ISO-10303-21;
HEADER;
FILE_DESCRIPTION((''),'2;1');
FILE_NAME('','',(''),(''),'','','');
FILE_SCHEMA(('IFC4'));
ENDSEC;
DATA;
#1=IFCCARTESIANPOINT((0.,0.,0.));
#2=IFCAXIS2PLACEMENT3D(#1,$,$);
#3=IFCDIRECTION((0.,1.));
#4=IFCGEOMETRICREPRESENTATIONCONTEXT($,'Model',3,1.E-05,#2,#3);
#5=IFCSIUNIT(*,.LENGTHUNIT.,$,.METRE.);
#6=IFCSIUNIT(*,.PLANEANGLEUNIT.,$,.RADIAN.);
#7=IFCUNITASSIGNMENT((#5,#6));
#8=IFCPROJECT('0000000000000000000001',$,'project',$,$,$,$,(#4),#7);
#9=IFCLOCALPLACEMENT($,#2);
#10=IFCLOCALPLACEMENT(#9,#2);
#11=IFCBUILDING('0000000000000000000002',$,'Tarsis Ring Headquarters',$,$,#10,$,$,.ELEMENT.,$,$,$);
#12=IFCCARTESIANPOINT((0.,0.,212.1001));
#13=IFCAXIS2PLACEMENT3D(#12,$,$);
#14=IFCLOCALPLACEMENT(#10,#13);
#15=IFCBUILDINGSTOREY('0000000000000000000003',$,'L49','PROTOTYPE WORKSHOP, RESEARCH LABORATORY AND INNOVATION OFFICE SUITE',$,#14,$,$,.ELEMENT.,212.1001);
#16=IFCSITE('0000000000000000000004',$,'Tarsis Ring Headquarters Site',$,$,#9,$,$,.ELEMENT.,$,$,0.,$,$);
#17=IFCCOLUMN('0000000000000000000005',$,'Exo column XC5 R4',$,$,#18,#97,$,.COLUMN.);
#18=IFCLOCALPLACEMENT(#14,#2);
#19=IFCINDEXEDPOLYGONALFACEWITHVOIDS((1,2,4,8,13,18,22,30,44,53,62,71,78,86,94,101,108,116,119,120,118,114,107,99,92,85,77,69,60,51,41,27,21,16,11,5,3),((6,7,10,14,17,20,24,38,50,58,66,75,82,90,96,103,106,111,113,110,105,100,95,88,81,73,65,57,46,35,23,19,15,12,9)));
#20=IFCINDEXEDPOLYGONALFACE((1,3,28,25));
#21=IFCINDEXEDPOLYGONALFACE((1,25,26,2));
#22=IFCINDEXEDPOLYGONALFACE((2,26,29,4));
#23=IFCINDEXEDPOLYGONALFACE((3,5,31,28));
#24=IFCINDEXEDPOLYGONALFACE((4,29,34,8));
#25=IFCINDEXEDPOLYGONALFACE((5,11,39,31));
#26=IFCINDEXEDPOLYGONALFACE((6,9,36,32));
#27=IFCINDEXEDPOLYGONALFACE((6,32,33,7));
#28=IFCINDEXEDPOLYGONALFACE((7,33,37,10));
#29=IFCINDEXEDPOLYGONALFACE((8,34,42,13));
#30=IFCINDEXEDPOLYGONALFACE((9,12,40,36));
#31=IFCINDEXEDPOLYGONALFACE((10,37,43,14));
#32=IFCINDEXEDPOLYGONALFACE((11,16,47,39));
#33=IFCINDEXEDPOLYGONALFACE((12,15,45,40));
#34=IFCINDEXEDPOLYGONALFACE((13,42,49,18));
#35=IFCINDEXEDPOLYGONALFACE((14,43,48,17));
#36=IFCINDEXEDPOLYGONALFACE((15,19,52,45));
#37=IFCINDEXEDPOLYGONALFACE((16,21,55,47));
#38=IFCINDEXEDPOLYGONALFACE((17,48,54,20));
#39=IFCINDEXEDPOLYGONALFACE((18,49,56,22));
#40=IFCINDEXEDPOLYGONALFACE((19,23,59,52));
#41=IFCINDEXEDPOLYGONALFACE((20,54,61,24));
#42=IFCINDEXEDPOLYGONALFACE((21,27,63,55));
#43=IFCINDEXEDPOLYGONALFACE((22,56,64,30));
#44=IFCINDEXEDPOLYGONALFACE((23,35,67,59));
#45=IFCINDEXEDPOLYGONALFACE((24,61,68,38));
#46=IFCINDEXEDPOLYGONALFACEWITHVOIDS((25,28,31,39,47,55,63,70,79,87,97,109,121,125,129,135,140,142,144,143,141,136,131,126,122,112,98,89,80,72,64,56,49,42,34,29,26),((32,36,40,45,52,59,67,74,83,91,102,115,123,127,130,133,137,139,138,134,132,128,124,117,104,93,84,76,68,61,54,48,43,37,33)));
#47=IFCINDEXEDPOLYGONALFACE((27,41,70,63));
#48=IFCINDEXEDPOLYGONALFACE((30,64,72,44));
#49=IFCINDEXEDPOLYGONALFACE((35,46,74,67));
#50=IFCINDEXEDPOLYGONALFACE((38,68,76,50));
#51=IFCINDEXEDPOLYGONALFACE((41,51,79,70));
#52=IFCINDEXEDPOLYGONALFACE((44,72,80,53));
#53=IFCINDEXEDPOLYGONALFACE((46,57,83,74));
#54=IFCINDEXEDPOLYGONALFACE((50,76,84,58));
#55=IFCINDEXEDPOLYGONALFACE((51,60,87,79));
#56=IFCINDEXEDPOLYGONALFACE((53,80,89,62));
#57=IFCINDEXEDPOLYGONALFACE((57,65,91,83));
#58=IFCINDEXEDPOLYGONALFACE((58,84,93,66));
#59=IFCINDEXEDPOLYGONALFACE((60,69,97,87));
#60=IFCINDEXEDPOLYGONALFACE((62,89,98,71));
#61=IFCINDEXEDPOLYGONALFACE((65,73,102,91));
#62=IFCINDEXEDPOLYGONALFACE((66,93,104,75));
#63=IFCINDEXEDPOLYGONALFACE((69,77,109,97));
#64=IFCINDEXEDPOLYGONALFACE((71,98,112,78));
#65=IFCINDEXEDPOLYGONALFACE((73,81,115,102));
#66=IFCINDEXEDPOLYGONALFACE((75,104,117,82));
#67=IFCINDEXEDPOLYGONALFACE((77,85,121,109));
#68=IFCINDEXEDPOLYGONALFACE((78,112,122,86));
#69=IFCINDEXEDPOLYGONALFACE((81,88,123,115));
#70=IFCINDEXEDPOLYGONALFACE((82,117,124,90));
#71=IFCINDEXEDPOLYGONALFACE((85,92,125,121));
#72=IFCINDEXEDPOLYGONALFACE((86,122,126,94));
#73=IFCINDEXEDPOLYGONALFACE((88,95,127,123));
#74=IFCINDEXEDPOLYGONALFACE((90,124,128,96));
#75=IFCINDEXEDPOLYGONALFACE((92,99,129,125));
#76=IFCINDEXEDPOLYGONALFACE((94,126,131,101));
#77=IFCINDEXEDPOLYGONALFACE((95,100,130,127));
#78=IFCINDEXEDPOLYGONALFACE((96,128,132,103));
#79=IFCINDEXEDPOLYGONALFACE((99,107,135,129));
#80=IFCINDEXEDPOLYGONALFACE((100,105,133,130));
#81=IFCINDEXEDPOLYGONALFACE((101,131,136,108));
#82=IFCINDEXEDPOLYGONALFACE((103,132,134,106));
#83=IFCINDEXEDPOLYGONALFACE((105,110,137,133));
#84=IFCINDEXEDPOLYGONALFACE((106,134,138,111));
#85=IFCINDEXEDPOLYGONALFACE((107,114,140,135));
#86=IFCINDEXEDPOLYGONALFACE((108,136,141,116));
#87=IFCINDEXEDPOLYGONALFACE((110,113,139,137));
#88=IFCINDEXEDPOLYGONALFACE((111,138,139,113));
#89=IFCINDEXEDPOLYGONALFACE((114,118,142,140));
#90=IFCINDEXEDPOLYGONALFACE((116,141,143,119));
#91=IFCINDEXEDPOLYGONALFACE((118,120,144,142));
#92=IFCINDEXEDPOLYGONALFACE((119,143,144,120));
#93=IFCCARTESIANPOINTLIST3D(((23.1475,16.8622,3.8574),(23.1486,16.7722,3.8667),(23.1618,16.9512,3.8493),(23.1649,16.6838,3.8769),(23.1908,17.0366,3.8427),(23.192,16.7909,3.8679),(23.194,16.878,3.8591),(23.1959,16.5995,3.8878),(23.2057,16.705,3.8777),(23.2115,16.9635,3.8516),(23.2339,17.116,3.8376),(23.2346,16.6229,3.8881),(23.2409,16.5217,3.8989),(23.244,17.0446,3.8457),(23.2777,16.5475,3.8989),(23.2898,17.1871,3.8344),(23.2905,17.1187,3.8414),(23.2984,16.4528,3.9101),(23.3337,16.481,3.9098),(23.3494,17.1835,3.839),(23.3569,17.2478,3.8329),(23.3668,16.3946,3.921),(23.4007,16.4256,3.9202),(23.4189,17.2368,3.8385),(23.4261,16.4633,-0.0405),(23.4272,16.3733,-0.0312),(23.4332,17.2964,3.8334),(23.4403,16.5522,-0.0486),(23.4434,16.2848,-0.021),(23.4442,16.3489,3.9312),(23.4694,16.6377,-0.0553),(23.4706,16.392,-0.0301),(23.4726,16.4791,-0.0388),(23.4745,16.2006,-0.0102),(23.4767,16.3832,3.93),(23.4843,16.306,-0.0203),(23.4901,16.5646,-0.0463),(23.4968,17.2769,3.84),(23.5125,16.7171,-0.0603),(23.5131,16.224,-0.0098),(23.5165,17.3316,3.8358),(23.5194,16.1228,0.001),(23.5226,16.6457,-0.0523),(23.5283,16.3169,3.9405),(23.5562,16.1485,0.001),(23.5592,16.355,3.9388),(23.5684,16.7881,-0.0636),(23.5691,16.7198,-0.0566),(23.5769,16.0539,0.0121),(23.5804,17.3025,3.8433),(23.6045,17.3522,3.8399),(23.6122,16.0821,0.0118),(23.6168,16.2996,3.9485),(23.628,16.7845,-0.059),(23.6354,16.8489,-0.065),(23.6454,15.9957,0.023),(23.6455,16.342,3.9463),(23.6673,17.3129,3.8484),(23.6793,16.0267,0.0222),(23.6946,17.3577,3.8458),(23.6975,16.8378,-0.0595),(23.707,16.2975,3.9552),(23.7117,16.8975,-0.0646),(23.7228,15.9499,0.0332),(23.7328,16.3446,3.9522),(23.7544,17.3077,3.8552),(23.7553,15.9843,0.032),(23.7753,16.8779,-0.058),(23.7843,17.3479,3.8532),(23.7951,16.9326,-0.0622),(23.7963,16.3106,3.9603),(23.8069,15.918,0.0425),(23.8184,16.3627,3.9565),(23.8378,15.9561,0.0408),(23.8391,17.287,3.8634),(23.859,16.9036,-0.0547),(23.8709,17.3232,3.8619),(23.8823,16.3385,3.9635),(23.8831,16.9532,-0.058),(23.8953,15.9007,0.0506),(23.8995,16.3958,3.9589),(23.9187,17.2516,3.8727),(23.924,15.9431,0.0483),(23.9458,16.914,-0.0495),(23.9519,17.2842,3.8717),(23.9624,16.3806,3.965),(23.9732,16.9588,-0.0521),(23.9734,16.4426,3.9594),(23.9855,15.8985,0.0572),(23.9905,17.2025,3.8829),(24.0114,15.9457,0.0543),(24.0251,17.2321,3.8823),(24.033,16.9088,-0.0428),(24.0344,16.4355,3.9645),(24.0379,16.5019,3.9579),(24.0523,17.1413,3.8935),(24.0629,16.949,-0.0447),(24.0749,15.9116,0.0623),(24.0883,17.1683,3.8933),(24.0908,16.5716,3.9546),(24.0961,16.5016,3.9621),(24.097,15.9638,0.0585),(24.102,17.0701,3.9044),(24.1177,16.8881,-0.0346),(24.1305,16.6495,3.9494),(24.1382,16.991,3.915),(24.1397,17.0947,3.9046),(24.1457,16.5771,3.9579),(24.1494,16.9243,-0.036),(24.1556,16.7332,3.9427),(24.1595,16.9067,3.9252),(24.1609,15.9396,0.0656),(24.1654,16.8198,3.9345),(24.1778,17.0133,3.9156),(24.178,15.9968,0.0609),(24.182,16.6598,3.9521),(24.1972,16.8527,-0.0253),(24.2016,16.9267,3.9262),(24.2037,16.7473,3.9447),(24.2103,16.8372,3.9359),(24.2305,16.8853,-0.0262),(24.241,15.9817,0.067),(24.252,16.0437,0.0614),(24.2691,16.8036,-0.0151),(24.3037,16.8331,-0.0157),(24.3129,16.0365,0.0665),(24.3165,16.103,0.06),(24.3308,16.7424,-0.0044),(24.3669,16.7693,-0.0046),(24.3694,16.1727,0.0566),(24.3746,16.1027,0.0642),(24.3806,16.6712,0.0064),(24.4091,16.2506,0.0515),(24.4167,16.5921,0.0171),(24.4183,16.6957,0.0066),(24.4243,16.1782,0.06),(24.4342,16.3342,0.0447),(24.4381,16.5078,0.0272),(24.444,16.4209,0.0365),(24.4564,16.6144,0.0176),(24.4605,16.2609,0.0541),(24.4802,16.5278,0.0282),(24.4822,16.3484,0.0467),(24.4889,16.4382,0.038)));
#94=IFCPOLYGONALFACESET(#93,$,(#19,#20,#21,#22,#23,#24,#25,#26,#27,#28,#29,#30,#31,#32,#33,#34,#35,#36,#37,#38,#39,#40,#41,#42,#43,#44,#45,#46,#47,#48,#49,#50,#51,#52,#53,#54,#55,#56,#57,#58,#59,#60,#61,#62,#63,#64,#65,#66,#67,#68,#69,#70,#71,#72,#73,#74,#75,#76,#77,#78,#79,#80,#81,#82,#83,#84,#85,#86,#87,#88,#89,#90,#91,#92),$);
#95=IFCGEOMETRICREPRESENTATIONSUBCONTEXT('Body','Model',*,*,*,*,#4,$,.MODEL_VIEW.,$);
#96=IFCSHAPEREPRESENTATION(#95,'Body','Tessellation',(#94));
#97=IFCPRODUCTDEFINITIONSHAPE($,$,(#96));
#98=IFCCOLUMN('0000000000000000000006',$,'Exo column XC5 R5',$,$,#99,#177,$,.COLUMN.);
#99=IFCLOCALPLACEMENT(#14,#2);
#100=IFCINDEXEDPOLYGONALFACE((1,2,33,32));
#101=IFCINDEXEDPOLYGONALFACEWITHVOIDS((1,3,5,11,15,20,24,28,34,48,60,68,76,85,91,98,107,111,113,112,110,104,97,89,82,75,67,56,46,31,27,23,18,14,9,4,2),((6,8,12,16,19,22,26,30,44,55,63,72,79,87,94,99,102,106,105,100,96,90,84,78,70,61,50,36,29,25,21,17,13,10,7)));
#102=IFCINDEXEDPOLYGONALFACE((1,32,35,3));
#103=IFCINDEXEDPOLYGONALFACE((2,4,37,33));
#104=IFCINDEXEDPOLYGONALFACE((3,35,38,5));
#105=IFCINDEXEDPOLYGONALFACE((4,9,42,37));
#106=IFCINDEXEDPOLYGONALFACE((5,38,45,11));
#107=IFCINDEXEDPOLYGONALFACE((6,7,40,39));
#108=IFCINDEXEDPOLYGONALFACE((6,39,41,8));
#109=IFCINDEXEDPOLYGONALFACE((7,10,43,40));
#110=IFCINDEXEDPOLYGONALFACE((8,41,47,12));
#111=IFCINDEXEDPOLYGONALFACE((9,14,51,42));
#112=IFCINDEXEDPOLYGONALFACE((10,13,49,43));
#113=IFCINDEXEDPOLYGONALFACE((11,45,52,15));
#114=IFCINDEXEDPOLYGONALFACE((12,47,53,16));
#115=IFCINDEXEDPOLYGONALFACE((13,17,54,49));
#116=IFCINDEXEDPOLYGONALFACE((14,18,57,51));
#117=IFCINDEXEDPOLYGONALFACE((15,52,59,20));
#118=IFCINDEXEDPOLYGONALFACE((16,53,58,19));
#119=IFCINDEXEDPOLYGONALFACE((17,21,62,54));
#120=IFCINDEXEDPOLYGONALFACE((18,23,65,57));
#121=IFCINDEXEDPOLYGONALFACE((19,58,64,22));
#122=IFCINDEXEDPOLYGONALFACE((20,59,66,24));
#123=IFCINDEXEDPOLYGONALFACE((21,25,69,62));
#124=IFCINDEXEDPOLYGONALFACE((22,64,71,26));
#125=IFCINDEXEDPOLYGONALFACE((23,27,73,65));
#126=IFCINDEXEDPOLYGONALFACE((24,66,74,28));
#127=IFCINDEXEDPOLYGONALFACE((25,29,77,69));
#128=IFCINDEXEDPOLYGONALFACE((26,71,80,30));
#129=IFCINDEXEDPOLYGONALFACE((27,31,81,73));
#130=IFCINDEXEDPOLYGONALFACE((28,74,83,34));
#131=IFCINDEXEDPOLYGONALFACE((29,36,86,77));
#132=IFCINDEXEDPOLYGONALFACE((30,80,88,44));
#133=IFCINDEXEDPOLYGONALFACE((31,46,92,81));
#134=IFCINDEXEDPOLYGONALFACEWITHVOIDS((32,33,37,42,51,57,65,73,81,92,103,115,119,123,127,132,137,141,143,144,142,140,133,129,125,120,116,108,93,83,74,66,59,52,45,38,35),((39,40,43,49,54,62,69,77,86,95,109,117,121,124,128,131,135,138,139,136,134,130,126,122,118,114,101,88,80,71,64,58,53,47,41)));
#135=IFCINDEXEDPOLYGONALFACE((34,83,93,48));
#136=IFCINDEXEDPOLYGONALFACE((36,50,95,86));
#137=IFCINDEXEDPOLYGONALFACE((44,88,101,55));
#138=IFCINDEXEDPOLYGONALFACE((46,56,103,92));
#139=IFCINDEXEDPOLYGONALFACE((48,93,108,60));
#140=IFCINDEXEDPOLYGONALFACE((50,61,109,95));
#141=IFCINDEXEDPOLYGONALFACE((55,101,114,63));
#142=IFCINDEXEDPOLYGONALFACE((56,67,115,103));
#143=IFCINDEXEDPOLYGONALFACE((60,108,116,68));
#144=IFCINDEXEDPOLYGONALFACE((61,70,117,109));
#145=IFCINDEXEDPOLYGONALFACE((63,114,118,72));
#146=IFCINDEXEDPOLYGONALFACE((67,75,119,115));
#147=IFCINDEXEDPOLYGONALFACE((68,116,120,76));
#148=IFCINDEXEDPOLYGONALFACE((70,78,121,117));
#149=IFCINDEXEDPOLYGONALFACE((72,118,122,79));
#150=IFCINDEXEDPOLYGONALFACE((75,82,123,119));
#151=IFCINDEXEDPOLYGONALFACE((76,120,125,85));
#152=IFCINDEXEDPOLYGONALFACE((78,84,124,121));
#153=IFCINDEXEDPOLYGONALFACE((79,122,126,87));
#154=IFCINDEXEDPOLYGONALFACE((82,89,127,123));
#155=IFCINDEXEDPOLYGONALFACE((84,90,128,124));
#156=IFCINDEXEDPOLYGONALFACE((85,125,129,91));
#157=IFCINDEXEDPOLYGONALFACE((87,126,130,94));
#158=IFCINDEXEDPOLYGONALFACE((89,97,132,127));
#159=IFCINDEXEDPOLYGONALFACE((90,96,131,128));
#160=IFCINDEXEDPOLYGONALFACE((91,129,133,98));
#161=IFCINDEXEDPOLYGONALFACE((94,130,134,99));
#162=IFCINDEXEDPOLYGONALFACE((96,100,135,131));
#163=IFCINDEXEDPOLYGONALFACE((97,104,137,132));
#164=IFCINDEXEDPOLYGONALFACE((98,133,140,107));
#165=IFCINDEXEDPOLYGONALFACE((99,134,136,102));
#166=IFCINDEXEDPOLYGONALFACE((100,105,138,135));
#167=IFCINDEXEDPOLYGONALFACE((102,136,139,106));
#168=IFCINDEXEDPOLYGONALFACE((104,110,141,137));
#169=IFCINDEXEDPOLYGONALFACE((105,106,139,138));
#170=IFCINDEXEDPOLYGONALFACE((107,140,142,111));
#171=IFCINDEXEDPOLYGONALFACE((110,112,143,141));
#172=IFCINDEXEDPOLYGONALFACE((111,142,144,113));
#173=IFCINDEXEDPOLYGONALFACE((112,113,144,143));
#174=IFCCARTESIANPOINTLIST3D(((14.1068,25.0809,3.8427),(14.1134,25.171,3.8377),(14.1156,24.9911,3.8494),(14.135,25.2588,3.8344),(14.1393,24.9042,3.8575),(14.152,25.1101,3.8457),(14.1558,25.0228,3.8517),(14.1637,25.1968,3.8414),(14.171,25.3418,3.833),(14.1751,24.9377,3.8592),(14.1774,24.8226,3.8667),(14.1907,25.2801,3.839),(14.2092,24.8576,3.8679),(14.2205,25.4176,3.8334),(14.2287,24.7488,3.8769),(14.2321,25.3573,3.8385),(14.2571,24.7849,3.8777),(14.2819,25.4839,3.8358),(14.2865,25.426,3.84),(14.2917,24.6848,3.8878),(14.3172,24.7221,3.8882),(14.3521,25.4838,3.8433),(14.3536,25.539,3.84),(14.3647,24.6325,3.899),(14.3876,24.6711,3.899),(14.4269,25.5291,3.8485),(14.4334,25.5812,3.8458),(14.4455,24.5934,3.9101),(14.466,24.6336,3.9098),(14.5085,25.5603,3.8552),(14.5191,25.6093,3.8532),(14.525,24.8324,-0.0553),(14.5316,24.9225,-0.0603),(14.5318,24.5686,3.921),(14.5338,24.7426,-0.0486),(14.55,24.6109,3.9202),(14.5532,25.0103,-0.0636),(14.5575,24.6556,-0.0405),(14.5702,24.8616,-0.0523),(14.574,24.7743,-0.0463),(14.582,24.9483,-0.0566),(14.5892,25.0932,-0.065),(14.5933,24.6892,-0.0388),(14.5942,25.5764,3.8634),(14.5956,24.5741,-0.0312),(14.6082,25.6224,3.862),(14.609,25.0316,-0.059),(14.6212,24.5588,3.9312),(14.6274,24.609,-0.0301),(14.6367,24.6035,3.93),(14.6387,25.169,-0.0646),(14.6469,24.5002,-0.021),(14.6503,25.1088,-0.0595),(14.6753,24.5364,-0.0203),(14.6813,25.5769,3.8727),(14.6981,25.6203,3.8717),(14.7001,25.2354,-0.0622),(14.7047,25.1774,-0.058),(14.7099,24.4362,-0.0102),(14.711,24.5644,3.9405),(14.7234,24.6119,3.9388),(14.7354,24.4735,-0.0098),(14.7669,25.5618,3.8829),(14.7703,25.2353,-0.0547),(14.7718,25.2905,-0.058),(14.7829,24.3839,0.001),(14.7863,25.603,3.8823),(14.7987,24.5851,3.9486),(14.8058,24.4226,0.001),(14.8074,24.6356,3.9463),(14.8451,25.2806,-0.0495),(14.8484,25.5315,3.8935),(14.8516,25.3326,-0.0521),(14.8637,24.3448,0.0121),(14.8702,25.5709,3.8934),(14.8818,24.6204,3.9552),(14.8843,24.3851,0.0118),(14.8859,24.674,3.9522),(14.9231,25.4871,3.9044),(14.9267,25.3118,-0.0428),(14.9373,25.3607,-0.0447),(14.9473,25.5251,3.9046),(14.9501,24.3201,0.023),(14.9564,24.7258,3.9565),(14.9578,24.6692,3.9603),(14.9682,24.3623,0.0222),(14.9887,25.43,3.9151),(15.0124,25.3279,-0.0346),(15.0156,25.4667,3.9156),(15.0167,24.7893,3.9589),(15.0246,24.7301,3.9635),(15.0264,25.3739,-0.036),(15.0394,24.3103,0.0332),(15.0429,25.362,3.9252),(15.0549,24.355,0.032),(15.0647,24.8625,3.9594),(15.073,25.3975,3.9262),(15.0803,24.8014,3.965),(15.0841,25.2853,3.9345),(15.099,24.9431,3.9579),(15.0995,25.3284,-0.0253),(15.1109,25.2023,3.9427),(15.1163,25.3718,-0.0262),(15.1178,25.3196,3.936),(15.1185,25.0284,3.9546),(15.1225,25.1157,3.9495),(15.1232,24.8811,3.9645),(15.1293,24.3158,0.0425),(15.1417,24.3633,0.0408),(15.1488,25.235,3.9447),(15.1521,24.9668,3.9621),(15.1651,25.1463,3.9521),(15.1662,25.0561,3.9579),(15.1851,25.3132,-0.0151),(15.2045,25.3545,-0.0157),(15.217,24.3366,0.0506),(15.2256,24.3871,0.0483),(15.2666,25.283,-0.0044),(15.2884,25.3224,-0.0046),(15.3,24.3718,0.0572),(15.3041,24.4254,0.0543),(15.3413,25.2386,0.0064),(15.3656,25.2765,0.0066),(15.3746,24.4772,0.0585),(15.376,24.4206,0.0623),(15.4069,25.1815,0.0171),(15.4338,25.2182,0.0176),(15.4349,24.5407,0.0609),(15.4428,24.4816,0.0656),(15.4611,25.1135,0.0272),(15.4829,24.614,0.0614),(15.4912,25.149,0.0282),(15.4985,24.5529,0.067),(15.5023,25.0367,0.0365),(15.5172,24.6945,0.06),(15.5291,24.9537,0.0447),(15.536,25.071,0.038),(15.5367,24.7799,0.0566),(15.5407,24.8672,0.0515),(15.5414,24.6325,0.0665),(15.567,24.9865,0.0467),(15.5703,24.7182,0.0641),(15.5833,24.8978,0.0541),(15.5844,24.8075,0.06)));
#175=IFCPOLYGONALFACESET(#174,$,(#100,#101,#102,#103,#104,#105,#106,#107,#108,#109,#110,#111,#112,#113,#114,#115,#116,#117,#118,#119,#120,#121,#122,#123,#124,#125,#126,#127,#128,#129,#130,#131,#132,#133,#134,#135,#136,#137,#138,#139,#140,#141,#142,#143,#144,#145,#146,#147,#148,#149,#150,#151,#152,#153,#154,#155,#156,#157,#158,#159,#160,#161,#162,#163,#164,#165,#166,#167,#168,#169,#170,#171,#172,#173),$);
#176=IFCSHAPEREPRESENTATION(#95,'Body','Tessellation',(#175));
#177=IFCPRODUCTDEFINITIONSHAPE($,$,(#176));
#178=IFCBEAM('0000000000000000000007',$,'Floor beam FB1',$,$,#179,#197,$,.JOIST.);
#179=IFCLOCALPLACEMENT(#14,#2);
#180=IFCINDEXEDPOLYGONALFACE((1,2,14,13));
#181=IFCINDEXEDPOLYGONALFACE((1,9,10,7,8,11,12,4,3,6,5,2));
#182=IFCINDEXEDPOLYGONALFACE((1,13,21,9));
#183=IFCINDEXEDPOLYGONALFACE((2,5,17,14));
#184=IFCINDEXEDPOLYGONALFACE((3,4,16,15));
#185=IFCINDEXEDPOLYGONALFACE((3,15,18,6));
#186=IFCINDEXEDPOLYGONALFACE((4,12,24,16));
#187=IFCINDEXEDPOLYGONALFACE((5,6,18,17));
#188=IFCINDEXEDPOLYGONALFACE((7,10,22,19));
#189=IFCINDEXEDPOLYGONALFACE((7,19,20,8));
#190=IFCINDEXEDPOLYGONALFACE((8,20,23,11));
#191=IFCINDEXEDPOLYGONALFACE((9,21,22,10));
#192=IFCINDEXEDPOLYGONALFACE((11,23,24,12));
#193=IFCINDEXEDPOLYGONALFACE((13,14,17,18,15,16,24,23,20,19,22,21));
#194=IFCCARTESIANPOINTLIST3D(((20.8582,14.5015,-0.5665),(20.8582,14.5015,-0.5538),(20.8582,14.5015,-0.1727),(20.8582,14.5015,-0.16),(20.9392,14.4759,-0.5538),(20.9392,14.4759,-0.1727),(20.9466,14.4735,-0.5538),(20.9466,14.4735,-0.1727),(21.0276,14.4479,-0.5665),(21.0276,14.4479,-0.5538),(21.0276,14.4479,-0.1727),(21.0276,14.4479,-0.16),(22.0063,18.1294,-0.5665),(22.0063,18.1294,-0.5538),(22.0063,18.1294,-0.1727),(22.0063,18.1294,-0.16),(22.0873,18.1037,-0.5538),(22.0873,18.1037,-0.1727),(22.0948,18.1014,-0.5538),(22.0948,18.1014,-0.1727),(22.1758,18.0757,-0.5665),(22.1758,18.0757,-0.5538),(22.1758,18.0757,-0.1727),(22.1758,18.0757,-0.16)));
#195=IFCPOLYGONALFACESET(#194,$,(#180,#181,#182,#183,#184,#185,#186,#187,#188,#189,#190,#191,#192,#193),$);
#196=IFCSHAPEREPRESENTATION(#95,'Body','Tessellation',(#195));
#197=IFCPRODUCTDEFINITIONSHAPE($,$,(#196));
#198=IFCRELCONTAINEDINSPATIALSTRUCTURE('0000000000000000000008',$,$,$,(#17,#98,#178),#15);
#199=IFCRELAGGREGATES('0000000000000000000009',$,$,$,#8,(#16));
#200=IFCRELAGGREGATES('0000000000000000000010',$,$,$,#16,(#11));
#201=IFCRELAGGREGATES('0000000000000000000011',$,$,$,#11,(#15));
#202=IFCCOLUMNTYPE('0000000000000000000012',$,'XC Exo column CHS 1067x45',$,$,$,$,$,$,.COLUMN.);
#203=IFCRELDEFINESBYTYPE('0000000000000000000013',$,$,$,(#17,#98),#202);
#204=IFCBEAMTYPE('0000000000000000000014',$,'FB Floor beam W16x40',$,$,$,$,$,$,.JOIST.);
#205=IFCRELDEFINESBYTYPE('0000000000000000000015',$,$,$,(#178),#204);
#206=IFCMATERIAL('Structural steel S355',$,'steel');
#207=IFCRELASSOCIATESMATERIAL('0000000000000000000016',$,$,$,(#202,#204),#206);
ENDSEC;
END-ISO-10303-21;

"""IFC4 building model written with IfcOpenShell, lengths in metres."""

from ifc_helpers import new_model, si_unit, direction, frame, origin, origin_2d, place, context, subcontext, project, spatial, hollow_circle, i_section, extrude, material, material_profile, profile_set, type_object, element, save


model = new_model("IFC4")

# Units and contexts
model_context = context("Model", 3, precision=1e-05, world=origin(), true_north=direction((0.0, 1.0)))
body_context = subcontext(model_context, "Body", "Model", "MODEL_VIEW")
ifc_project = project(units=[si_unit("LENGTHUNIT", "METRE"), si_unit("PLANEANGLEUNIT", "RADIAN")], contexts=[model_context])

# Site, building, storey
site_placement = place(None, origin())
site = spatial("IfcSite", under=ifc_project, at=site_placement, Name="Tarsis Ring Headquarters Site", CompositionType="ELEMENT", RefElevation=0.0)
building_placement = place(site_placement, origin())
building = spatial("IfcBuilding", under=site, at=building_placement, Name="Tarsis Ring Headquarters", CompositionType="ELEMENT")
storey_placement = place(building_placement, frame((0.0, 0.0, 212.1001)))
storey = spatial("IfcBuildingStorey", under=building, at=storey_placement, Name="L49", Description="PROTOTYPE WORKSHOP, RESEARCH LABORATORY AND INNOVATION OFFICE SUITE", CompositionType="ELEMENT", Elevation=212.1001)

# Columns
ifc_material_1 = material(Name="Structural steel S355", Category="steel")
ifc_material_profile_1 = material_profile(ifc_material_1, hollow_circle(Radius=0.5334, WallThickness=0.0449, at=origin_2d()), Name="CHS 1067x45")
ifc_profile_set_1 = profile_set([ifc_material_profile_1], Name="Structural steel S355")
column_type = type_object("IfcColumnType", Name="XC Exo column CHS 1067x45", PredefinedType="COLUMN", material=ifc_profile_set_1)
for number, where, z_axis, x_axis, name in (
    (1, (23.9568, 16.4282, 0.001), (-0.070914, 0.101554, 0.992299), (-0.819891, -0.572519, 0.0), "Exo column XC5 R4"),
    (2, (15.0554, 24.8425, 0.001), (-0.106465, 0.06327, 0.992301), (-0.510875, -0.859655, 0.0), "Exo column XC5 R5"),
):
    element("IfcColumn", number, at=place(storey_placement, frame(where, z_axis=z_axis, x_axis=x_axis)), inside=storey, type_object=column_type, Name=name, PredefinedType="COLUMN", context=body_context, shape_type="SweptSolid", body=[
        extrude(hollow_circle(Radius=0.5334, WallThickness=0.0449, at=origin_2d()), origin(), (0.0, 0.0, 1.0), 3.9282),
    ])

# Beam
ifc_material_profile_2 = material_profile(ifc_material_1, i_section(OverallWidth=0.1777, OverallDepth=0.4065, WebThickness=0.0078, FlangeThickness=0.0127, at=origin_2d()), Name="W16x40")
ifc_profile_set_2 = profile_set([ifc_material_profile_2], Name="Structural steel S355")
beam_type_1 = type_object("IfcBeamType", Name="FB Floor beam W16x40", PredefinedType="JOIST", material=ifc_profile_set_2)
beam_1_placement = place(storey_placement, frame((22.0911, 18.1025, -0.3633), z_axis=(-0.301736, -0.953391, 0.0), x_axis=(0.953391, -0.301736, 0.0)))
element("IfcBeam", 3, at=beam_1_placement, inside=storey, type_object=beam_type_1, Name="Floor beam FB1", PredefinedType="JOIST", context=body_context, shape_type="SweptSolid", body=[
    extrude(i_section(OverallWidth=0.1777, OverallDepth=0.4065, WebThickness=0.0078, FlangeThickness=0.0127, at=origin_2d()), origin(), (0.0, 0.0, 1.0), 3.8052),
])

save(model, "model.ifc")
